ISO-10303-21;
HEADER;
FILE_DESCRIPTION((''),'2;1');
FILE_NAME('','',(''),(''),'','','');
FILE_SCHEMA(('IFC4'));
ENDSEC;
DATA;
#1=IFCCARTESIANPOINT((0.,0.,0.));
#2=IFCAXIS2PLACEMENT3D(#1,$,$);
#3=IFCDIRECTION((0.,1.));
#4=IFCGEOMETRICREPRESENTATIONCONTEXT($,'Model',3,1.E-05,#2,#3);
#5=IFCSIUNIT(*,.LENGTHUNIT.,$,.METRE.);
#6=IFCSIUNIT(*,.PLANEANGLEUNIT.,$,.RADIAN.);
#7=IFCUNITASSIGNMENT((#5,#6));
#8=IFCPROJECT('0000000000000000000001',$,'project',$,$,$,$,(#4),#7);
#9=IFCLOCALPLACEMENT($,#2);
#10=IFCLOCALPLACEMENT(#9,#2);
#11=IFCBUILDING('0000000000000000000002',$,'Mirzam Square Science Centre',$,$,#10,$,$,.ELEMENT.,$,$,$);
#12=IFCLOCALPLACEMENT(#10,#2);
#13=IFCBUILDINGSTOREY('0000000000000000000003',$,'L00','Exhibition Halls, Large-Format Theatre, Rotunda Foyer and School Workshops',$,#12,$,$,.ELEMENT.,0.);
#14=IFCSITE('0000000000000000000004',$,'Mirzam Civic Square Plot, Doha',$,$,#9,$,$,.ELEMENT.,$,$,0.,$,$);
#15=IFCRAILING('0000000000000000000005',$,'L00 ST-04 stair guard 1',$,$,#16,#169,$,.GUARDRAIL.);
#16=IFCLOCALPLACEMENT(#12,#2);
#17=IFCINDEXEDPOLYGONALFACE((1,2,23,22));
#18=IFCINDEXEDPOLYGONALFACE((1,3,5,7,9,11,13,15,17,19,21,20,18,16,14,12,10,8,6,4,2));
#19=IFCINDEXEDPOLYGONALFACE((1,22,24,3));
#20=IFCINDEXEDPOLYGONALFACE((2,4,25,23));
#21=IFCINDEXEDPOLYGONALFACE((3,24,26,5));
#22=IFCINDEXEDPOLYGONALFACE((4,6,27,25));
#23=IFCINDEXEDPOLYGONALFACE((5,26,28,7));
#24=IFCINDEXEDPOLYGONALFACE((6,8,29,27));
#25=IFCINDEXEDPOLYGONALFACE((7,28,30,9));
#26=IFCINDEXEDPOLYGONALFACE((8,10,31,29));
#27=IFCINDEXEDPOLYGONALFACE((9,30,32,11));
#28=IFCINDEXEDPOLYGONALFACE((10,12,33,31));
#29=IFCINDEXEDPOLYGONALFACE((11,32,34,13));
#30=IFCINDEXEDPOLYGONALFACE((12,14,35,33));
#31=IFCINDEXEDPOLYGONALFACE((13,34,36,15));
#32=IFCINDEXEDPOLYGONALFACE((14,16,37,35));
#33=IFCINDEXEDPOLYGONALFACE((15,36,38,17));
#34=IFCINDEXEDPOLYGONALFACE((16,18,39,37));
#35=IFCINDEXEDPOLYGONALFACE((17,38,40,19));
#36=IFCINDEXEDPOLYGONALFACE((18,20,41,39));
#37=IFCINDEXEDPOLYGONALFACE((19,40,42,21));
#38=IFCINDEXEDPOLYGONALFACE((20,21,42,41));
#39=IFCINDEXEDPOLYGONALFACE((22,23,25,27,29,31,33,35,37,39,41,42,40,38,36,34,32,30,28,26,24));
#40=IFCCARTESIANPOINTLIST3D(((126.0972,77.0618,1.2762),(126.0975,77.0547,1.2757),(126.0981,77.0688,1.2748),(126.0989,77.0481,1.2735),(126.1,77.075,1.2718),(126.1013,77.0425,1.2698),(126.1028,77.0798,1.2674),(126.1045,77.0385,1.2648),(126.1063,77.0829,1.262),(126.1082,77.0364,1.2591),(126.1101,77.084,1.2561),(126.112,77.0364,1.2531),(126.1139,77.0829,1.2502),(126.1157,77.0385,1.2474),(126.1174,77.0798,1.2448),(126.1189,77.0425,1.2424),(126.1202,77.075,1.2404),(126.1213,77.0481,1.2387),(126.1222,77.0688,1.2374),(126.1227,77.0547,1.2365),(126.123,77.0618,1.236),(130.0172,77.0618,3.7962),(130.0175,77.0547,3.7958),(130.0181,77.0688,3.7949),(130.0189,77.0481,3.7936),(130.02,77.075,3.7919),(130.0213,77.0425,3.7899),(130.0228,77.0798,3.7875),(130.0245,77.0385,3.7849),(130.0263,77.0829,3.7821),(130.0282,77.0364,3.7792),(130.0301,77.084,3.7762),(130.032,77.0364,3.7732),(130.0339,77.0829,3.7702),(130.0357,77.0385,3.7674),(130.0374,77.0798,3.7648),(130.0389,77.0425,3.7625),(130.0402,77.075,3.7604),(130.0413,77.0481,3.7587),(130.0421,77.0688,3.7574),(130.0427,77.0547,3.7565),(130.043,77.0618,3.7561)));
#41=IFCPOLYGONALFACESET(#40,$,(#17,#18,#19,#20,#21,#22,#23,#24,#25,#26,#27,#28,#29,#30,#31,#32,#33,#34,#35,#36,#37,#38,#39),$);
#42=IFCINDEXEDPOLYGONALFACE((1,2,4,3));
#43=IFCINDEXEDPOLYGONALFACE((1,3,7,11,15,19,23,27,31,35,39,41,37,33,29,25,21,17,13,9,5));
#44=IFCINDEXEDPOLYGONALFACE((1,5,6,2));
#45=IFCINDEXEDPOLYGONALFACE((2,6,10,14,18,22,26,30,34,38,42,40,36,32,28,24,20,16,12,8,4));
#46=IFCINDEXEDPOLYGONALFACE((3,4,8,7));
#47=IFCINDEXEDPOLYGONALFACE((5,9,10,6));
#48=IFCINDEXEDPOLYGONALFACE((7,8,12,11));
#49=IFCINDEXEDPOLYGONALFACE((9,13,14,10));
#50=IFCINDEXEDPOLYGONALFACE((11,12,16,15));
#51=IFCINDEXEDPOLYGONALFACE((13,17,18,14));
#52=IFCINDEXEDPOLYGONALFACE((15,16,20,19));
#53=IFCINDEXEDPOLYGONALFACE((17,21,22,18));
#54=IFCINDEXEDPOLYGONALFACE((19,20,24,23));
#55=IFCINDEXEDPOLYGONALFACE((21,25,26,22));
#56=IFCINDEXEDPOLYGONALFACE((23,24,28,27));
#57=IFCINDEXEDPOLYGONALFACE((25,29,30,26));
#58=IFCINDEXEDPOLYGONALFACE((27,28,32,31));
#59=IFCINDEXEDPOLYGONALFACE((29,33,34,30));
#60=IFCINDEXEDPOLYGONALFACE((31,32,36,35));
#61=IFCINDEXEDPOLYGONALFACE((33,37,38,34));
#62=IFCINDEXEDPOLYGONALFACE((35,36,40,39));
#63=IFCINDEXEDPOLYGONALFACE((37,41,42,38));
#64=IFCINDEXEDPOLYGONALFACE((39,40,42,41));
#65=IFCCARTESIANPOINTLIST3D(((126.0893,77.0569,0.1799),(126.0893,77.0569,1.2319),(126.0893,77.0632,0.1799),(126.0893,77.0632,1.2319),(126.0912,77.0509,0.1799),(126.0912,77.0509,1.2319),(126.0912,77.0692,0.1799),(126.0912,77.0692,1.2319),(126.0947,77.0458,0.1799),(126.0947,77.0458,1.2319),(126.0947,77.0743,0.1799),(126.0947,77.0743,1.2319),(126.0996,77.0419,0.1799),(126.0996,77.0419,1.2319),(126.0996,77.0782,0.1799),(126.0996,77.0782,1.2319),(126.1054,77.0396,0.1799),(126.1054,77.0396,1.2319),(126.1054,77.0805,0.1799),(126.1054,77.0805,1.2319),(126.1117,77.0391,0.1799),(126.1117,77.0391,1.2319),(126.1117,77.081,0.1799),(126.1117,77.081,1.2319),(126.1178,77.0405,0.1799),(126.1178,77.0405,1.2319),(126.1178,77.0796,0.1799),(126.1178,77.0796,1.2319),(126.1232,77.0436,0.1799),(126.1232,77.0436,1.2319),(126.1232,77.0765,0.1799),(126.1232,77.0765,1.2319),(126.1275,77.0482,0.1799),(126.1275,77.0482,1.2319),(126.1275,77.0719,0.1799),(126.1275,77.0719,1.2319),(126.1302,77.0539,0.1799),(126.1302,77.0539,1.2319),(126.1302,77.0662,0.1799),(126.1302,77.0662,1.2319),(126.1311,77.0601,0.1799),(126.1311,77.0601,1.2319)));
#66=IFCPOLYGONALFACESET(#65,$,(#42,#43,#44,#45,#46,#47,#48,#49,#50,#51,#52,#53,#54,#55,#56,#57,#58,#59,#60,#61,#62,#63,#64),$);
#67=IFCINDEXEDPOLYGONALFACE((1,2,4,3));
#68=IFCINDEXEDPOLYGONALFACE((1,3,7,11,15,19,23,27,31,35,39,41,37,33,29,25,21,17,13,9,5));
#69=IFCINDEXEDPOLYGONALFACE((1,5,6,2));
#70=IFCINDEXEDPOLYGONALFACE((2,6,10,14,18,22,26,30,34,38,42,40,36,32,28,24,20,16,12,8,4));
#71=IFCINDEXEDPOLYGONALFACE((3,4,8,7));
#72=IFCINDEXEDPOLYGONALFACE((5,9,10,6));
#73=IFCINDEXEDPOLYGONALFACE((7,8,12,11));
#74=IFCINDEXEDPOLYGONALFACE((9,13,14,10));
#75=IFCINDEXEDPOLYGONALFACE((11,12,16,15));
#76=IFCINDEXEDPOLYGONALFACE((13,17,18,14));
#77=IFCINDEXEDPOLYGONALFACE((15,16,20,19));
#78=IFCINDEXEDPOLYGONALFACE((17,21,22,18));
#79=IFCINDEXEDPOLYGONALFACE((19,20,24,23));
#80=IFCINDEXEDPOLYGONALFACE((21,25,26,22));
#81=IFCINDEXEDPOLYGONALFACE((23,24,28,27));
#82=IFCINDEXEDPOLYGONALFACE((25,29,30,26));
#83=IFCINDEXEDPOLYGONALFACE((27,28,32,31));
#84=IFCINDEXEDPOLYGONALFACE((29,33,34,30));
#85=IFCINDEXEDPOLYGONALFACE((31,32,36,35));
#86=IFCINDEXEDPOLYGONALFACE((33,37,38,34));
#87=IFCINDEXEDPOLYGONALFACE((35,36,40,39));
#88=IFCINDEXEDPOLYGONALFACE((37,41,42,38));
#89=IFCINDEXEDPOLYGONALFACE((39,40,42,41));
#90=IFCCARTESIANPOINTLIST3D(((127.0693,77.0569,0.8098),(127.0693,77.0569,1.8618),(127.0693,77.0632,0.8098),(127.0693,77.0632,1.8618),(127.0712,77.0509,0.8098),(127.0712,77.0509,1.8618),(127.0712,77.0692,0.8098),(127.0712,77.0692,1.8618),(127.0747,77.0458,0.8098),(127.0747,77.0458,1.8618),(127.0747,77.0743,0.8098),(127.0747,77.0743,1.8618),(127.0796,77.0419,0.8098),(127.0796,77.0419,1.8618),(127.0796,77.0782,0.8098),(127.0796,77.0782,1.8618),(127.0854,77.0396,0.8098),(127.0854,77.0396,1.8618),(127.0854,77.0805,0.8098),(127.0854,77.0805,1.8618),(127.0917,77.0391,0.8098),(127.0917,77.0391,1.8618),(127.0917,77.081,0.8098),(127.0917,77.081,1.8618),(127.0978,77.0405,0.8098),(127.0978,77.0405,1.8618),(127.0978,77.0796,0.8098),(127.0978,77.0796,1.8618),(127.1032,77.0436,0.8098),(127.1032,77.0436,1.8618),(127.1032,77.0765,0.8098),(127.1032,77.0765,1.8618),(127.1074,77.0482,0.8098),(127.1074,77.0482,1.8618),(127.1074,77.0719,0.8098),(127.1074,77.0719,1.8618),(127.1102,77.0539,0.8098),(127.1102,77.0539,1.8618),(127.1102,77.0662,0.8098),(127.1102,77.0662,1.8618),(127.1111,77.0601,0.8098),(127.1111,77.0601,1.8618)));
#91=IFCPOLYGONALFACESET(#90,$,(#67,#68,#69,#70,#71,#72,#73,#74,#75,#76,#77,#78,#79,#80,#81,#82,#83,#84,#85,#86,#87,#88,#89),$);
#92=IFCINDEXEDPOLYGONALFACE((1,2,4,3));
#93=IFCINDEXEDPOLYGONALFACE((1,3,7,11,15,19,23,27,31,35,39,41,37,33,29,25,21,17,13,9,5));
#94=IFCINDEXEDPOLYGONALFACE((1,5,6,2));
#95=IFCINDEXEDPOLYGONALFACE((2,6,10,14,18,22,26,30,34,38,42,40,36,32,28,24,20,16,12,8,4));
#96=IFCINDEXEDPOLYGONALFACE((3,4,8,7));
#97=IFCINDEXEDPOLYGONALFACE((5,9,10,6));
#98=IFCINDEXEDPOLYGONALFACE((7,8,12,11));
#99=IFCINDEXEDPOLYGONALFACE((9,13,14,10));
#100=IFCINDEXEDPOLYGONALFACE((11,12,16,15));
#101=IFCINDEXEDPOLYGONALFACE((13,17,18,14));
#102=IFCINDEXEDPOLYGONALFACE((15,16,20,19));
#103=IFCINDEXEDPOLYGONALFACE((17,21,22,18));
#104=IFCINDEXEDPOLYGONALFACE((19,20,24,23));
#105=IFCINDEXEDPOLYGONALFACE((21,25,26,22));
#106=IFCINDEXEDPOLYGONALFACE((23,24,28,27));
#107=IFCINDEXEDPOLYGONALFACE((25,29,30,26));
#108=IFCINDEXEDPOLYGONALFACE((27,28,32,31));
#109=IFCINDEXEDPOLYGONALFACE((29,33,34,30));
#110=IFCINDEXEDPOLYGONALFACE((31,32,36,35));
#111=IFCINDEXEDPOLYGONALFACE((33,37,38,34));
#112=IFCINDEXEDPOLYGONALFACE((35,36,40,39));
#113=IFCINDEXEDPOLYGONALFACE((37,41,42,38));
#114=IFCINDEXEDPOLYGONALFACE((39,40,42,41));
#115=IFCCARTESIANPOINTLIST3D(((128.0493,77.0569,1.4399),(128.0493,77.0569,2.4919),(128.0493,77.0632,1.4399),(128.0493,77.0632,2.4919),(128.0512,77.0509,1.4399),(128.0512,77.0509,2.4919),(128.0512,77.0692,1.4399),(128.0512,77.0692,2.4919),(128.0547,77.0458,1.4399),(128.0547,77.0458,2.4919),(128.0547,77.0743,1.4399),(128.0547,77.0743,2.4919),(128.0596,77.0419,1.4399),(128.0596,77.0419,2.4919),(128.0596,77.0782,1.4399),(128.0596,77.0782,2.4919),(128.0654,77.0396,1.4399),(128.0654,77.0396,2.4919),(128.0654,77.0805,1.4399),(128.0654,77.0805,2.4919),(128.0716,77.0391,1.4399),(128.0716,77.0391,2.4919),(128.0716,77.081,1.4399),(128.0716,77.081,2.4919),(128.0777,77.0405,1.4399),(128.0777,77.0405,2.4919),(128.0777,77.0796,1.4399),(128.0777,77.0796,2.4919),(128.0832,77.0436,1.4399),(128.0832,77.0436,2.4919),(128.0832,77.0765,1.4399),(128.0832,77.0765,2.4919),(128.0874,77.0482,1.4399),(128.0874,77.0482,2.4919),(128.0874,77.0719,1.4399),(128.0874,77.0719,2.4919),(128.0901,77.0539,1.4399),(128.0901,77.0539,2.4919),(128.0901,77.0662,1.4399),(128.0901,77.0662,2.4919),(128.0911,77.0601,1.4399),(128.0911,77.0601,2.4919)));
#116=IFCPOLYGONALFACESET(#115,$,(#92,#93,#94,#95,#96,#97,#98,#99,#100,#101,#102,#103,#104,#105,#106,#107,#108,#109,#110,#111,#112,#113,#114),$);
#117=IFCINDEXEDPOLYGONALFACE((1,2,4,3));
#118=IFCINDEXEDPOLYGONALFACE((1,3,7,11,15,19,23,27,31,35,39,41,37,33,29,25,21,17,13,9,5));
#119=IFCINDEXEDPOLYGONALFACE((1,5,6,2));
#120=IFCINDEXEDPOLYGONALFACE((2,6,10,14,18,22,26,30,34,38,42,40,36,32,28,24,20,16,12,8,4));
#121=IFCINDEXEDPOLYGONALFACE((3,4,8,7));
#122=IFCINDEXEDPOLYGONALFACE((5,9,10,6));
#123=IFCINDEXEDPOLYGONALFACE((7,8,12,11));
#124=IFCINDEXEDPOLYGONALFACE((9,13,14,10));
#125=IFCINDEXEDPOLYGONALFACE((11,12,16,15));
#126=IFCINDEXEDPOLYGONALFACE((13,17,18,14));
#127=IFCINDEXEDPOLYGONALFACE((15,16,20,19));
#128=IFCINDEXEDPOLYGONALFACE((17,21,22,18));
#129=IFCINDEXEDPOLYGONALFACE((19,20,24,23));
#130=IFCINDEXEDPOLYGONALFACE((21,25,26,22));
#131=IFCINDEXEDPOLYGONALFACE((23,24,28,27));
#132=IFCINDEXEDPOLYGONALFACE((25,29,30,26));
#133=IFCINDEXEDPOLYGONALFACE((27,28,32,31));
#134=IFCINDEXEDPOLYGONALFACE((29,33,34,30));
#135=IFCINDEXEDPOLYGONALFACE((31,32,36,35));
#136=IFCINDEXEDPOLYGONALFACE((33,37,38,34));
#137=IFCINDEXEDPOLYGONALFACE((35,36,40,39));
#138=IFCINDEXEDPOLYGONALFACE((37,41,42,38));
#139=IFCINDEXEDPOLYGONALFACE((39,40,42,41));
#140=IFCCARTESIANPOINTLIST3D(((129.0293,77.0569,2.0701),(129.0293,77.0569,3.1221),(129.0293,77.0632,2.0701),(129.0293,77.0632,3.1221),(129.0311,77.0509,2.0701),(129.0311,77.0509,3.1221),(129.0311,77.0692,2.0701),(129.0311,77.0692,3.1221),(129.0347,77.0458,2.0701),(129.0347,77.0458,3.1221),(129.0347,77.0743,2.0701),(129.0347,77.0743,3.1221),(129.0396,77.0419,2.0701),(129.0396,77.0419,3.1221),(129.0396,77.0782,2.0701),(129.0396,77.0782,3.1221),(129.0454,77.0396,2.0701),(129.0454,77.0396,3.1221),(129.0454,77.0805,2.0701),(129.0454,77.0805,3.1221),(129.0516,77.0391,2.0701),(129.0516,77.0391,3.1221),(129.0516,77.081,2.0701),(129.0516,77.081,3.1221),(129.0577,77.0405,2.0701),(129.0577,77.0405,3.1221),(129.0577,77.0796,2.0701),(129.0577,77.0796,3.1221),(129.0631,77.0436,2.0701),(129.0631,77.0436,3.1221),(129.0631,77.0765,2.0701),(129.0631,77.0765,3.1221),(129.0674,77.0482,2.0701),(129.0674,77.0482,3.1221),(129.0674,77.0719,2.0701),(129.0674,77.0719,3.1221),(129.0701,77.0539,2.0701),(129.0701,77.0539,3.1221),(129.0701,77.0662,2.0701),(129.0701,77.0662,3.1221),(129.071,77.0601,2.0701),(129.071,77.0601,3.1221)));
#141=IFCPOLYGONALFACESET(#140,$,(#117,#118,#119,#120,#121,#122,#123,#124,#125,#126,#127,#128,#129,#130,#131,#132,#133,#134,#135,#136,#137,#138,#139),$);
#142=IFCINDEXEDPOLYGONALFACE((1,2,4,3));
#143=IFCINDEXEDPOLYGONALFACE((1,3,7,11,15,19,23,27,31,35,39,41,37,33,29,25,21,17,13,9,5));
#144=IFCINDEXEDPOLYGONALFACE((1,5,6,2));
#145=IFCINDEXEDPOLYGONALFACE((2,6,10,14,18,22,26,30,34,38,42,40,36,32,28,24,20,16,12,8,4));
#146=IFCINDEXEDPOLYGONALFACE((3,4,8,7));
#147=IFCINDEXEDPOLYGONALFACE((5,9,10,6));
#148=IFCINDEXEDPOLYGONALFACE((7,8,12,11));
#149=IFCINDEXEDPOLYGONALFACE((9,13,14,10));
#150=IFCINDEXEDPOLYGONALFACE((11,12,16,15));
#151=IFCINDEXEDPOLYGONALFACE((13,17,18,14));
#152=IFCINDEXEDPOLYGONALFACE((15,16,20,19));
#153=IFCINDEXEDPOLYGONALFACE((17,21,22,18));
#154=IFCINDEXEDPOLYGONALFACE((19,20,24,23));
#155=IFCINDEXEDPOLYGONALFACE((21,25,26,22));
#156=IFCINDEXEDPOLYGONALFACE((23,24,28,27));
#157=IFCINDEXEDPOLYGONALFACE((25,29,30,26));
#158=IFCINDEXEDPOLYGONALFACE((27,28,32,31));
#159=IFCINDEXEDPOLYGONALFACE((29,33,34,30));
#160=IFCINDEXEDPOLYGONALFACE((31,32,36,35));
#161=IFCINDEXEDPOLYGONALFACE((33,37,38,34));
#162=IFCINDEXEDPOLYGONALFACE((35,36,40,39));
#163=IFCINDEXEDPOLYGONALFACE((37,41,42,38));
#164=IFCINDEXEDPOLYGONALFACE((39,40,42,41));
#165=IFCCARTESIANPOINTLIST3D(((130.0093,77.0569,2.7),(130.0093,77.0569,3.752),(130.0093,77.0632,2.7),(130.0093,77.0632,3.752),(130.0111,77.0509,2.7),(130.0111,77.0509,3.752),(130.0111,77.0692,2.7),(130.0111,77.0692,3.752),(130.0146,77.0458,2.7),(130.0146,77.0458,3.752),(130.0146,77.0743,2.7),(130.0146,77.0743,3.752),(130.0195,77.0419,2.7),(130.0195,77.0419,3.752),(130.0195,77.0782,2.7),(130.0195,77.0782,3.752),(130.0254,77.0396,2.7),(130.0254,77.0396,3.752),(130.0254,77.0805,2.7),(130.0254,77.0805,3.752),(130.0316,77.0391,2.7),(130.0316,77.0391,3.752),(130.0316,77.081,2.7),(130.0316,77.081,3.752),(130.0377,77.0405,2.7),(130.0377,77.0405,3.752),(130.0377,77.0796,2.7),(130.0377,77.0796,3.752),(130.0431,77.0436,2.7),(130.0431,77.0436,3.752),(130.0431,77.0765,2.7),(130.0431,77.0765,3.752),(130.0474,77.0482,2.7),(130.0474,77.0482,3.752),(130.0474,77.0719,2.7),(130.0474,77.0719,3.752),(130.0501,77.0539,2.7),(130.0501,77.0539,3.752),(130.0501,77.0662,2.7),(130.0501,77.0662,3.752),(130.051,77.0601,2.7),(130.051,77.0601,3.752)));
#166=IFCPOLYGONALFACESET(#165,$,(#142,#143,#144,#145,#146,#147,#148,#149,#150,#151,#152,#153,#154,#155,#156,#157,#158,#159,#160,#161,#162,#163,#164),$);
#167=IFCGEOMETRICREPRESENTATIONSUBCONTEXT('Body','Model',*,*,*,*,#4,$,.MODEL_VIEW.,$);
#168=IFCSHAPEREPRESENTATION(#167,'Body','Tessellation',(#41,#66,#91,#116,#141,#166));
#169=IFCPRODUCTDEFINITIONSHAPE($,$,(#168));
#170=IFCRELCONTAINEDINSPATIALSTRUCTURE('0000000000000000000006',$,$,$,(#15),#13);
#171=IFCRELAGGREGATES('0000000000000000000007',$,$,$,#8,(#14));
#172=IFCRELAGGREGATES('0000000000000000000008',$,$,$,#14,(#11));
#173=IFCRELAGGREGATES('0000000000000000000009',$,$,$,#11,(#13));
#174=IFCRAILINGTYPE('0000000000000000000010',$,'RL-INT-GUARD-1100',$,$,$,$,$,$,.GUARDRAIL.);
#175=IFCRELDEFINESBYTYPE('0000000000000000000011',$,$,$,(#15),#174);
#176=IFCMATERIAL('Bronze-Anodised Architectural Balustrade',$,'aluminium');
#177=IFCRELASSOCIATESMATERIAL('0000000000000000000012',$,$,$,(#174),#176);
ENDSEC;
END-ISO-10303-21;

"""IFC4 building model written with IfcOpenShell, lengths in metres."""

from ifc_helpers import new_model, si_unit, direction, frame, origin, origin_2d, place, context, subcontext, project, spatial, circle, extrude, material, type_object, element, save


model = new_model("IFC4")

# Units and contexts
model_context = context("Model", 3, precision=1e-05, world=origin(), true_north=direction((0.0, 1.0)))
body_context = subcontext(model_context, "Body", "Model", "MODEL_VIEW")
ifc_project = project(units=[si_unit("LENGTHUNIT", "METRE"), si_unit("PLANEANGLEUNIT", "RADIAN")], contexts=[model_context])

# Site, building, storey
site_placement = place(None, origin())
site = spatial("IfcSite", under=ifc_project, at=site_placement, Name="Mirzam Civic Square Plot, Doha", CompositionType="ELEMENT", RefElevation=0.0)
building_placement = place(site_placement, origin())
building = spatial("IfcBuilding", under=site, at=building_placement, Name="Mirzam Square Science Centre", CompositionType="ELEMENT")
storey_placement = place(building_placement, origin())
storey = spatial("IfcBuildingStorey", under=building, at=storey_placement, Name="L00", Description="Exhibition Halls, Large-Format Theatre, Rotunda Foyer and School Workshops", CompositionType="ELEMENT", Elevation=0.0)

# Railing
ifc_material_1 = material(Name="Bronze-Anodised Architectural Balustrade", Category="aluminium")
railing_type_1 = type_object("IfcRailingType", Name="RL-INT-GUARD-1100", PredefinedType="GUARDRAIL", material=ifc_material_1)
railing_1_placement = place(storey_placement, frame((126.1101, 77.0601, 0.1799)))
element("IfcRailing", 1, at=railing_1_placement, inside=storey, type_object=railing_type_1, Name="L00 ST-04 stair guard 1", PredefinedType="GUARDRAIL", context=body_context, shape_type="SweptSolid", body=[
    extrude(circle(Radius=0.0239, at=origin_2d()), frame((0.0, 0.0, 1.0762), z_axis=(0.841172, 0.0, 0.540768), x_axis=(0.0, 1.0, 0.0)), (0.0, 0.0, 1.0), 4.6602),
    extrude(circle(Radius=0.021, at=origin_2d()), origin(), (0.0, 0.0, 1.0), 1.052),
    extrude(circle(Radius=0.021, at=origin_2d()), frame((0.98, 0.0, 0.6299)), (0.0, 0.0, 1.0), 1.052),
    extrude(circle(Radius=0.021, at=origin_2d()), frame((1.96, 0.0, 1.26)), (0.0, 0.0, 1.0), 1.052),
    extrude(circle(Radius=0.021, at=origin_2d()), frame((2.9399, 0.0, 1.8901)), (0.0, 0.0, 1.0), 1.052),
    extrude(circle(Radius=0.021, at=origin_2d()), frame((3.9199, 0.0, 2.52)), (0.0, 0.0, 1.0), 1.052),
])

save(model, "model.ifc")
